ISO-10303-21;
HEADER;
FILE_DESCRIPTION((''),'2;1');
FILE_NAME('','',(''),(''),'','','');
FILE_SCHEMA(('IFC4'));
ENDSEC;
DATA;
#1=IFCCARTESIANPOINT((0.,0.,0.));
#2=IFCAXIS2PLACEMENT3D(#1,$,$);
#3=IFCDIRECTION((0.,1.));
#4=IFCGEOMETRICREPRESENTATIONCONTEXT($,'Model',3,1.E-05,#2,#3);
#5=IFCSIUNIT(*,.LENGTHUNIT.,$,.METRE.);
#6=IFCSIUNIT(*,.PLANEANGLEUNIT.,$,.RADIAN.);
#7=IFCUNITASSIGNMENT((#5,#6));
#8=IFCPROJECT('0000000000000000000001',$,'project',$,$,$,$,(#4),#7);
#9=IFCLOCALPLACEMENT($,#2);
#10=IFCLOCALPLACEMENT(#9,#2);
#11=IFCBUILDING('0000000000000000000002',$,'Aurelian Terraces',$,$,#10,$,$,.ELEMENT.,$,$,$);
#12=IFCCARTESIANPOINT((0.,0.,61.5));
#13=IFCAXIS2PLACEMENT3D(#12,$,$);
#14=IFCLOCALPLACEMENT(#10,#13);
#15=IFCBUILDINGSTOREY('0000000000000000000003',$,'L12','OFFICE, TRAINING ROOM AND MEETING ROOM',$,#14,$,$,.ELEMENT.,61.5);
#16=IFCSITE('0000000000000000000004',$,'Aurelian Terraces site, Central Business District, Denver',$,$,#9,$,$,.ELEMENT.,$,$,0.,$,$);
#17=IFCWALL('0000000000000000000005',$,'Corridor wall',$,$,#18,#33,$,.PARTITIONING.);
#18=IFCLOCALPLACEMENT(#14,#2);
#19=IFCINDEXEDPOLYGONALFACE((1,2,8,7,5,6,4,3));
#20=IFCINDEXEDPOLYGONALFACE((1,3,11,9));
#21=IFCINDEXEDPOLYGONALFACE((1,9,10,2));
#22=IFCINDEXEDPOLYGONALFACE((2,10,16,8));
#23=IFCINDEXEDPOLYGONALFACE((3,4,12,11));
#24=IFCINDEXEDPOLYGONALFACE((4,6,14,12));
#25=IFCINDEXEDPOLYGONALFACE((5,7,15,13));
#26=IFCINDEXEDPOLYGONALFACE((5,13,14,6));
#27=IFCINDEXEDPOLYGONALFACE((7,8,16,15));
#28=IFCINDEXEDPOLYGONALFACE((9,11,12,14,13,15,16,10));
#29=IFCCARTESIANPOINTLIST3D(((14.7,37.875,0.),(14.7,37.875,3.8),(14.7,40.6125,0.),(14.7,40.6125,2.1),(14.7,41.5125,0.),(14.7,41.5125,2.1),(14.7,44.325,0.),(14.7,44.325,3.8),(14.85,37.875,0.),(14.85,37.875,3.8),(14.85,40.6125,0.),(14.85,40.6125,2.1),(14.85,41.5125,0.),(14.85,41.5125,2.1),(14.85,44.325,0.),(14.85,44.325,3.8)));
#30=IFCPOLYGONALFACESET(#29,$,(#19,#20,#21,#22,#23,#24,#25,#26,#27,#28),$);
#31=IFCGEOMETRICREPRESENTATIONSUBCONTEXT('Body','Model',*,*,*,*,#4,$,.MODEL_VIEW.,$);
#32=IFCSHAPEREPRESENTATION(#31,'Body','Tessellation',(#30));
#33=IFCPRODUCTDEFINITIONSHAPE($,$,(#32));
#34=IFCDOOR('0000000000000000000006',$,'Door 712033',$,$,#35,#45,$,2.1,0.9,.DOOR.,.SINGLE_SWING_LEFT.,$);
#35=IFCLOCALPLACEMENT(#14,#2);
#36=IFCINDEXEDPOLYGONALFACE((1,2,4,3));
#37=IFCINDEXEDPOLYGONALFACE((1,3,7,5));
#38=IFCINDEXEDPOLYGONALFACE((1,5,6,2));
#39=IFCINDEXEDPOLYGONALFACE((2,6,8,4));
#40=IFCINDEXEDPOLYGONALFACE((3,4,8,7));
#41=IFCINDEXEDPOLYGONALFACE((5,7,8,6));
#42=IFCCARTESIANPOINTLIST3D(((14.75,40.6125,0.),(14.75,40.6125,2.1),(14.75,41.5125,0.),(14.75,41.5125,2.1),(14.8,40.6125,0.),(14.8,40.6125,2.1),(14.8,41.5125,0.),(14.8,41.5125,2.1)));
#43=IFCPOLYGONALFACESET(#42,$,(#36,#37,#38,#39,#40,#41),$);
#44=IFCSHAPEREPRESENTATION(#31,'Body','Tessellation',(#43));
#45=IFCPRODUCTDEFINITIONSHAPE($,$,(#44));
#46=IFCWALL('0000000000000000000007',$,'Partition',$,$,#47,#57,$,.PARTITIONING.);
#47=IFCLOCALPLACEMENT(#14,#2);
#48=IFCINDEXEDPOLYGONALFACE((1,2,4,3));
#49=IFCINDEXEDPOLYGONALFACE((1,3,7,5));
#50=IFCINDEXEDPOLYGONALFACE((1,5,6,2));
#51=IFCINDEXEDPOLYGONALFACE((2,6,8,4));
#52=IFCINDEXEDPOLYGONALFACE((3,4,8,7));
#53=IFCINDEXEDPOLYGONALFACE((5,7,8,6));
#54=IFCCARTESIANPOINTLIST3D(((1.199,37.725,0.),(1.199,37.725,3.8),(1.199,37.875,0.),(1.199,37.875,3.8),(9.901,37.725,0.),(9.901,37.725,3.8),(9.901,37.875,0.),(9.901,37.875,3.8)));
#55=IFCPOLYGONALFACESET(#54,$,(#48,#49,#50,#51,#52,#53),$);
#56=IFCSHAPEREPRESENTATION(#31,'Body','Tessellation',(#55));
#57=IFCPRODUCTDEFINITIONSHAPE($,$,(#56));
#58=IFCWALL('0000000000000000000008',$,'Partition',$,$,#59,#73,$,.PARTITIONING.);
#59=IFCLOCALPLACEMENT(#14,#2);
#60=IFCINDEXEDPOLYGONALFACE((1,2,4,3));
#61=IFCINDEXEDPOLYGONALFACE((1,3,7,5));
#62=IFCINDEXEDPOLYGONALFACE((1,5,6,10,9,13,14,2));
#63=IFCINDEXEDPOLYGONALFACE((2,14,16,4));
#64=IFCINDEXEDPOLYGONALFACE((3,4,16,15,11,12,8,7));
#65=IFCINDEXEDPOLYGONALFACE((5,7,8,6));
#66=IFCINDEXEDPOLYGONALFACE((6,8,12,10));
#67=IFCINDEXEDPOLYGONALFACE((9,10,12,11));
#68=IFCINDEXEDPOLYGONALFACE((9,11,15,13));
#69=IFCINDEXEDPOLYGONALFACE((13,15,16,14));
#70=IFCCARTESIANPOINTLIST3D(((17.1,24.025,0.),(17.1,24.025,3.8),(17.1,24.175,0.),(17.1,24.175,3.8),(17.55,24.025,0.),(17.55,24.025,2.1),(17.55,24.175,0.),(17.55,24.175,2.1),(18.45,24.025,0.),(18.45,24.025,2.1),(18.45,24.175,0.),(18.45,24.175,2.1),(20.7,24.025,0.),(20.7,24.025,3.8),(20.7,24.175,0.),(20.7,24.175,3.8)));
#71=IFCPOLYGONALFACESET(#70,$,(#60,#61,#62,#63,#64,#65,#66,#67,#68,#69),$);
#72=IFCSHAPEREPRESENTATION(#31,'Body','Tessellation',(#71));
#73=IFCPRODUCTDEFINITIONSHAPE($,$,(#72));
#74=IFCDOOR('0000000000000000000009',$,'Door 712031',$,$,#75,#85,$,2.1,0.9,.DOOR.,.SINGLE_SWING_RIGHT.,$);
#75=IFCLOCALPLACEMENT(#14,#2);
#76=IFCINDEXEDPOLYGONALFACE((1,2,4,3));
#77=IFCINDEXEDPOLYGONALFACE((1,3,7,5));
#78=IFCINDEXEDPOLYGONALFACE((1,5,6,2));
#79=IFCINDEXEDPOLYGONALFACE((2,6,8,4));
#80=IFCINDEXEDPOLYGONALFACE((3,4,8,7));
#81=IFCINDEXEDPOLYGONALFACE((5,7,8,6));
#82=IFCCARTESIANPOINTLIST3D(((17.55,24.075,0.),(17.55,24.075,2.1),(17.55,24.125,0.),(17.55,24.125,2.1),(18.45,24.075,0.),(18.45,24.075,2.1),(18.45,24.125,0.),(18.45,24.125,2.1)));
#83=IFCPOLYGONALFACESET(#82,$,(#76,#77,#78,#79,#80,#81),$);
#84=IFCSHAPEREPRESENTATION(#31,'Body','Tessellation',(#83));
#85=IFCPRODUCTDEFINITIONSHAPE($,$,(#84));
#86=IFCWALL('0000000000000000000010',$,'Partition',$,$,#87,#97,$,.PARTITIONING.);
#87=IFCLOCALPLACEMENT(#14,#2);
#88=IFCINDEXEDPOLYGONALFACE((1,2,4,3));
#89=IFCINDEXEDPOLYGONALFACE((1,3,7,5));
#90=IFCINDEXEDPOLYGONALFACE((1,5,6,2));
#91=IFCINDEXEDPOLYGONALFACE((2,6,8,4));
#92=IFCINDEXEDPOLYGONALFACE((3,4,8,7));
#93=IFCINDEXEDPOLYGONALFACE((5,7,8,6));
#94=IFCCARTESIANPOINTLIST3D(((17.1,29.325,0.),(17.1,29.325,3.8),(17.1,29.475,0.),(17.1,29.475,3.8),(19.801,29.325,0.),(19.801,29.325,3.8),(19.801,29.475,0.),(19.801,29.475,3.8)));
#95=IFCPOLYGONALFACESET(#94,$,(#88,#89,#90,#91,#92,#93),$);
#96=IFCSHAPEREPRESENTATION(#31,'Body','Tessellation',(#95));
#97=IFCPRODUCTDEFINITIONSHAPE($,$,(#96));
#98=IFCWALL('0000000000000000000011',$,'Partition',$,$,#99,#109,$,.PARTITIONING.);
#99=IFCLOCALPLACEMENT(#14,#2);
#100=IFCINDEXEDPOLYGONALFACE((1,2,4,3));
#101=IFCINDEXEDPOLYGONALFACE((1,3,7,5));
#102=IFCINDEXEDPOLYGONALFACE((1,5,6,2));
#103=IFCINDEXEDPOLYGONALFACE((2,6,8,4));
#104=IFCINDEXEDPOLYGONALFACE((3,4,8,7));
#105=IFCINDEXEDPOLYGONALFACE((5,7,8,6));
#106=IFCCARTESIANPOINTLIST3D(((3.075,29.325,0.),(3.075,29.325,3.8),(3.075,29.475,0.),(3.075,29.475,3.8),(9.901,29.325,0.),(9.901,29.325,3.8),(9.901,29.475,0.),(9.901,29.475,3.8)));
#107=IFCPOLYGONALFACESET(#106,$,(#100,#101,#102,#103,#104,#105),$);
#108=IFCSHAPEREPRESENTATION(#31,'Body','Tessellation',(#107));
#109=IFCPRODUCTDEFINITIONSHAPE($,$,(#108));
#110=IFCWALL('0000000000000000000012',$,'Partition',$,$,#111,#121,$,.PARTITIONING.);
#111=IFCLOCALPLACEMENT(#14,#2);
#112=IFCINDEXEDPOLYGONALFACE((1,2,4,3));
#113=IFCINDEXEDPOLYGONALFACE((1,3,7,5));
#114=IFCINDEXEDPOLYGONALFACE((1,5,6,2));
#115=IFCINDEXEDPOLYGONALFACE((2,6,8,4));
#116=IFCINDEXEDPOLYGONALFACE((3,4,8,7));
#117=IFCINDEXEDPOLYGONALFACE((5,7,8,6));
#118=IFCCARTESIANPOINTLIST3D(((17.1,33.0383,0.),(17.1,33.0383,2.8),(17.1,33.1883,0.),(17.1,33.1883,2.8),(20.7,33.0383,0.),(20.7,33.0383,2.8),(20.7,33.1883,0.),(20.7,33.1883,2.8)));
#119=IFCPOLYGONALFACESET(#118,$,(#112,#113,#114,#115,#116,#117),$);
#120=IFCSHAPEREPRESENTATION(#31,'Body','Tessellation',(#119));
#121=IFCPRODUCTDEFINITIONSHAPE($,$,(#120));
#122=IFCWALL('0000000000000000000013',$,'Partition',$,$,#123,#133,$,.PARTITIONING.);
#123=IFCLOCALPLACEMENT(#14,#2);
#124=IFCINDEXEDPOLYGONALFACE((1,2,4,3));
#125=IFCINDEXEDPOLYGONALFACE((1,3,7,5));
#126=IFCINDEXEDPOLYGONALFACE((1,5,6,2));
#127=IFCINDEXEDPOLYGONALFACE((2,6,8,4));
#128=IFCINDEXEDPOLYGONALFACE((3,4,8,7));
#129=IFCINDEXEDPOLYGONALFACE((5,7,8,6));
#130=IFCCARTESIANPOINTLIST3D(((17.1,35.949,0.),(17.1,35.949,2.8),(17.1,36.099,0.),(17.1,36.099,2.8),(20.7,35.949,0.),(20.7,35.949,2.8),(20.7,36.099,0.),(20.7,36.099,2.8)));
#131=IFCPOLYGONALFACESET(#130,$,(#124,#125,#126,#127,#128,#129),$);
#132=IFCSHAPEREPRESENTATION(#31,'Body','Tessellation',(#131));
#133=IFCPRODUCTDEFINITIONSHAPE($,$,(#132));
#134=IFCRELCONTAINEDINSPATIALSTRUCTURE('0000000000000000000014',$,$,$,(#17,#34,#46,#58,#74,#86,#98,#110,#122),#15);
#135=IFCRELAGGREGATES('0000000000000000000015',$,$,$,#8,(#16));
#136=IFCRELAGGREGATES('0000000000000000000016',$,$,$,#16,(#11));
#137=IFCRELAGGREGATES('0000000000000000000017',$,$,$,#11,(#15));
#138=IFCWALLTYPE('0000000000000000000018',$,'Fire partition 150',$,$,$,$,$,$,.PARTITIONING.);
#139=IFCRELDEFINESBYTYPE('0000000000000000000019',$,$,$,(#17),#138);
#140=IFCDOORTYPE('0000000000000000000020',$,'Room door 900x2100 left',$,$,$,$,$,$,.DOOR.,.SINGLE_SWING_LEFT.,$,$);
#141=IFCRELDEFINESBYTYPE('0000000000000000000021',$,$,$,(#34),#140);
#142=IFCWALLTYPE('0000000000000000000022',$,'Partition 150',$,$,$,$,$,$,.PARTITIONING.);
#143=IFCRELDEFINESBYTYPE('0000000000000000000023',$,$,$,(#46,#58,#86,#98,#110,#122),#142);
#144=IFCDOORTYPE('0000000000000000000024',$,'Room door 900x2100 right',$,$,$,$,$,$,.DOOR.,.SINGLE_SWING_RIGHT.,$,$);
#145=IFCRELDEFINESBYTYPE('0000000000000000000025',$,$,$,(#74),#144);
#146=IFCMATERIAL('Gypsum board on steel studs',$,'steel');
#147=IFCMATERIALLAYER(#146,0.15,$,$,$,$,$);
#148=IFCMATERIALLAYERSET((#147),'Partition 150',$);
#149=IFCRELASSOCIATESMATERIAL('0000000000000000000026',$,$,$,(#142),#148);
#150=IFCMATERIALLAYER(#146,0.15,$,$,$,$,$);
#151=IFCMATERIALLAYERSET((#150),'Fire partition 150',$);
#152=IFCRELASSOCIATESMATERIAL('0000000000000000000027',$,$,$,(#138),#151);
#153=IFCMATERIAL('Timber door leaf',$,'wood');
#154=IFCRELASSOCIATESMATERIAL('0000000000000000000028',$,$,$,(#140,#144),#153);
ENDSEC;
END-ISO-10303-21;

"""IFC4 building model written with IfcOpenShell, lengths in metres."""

from ifc_helpers import new_model, si_unit, direction, frame, frame_2d, origin, place, context, subcontext, project, spatial, rectangle, extrude, source, transform, mapped, material, layer, layer_set, type_object, element, fill, save


model = new_model("IFC4")

# Units and contexts
model_context = context("Model", 3, precision=1e-05, world=origin(), true_north=direction((0.0, 1.0)))
body_context = subcontext(model_context, "Body", "Model", "MODEL_VIEW")
ifc_project = project(units=[si_unit("LENGTHUNIT", "METRE"), si_unit("PLANEANGLEUNIT", "RADIAN")], contexts=[model_context])

# Site, building, storey
site_placement = place(None, origin())
site = spatial("IfcSite", under=ifc_project, at=site_placement, Name="Aurelian Terraces site, Central Business District, Denver", CompositionType="ELEMENT", RefElevation=0.0)
building_placement = place(site_placement, origin())
building = spatial("IfcBuilding", under=site, at=building_placement, Name="Aurelian Terraces", CompositionType="ELEMENT")
storey_placement = place(building_placement, frame((0.0, 0.0, 61.5)))
storey = spatial("IfcBuildingStorey", under=building, at=storey_placement, Name="L12", Description="OFFICE, TRAINING ROOM AND MEETING ROOM", CompositionType="ELEMENT", Elevation=61.5)

# Shared definitions
ifc_material_1 = material(Name="Gypsum board on steel studs", Category="steel")
ifc_layer_1 = layer(ifc_material_1, 0.15)
ifc_layer_set_1 = layer_set([ifc_layer_1], Name="Partition 150")
wall_type_1 = type_object("IfcWallType", Name="Partition 150", PredefinedType="PARTITIONING", material=ifc_layer_set_1)

# Shared definitions
shared_shape_1 = source(origin(), body_context, "Body", "SweptSolid", [
    extrude(rectangle(XDim=0.9, YDim=2.1, at=frame_2d((0.45, 1.05))), frame((0.0, 0.025, 0.0), z_axis=(0.0, -1.0, 0.0), x_axis=(1.0, 0.0, 0.0)), (0.0, 0.0, 1.0), 0.05),
])

# Shared definitions
ifc_layer_2 = layer(ifc_material_1, 0.15)
ifc_layer_set_2 = layer_set([ifc_layer_2], Name="Fire partition 150")
wall_type_2 = type_object("IfcWallType", Name="Fire partition 150", PredefinedType="PARTITIONING", material=ifc_layer_set_2)

# Wall, opening, door
shared_shape_2 = source(origin(), body_context, "Body", "SweptSolid", [
    extrude(rectangle(XDim=6.45, YDim=0.15, at=frame_2d((3.225, 0.0))), origin(), (0.0, 0.0, 1.0), 3.8),
])
wall_1_placement = place(storey_placement, frame((14.775, 37.875, 0.0), z_axis=(0.0, 0.0, 1.0), x_axis=(0.0, 1.0, 0.0)))
wall_1 = element("IfcWall", 1, at=wall_1_placement, inside=storey, type_object=wall_type_2, Name="Corridor wall", PredefinedType="PARTITIONING", context=body_context, shape_type="MappedRepresentation", body=[
    mapped(shared_shape_2, transform((0.0, 0.0, 0.0), scale=1.0)),
])
shared_shape_3 = source(origin(), body_context, "Body", "SweptSolid", [
    extrude(rectangle(XDim=0.9, YDim=2.1, at=frame_2d((0.45, 1.05))), frame((0.0, 0.085, 0.0), z_axis=(0.0, -1.0, 0.0), x_axis=(1.0, 0.0, 0.0)), (0.0, 0.0, 1.0), 0.17),
])
opening_1_placement = place(wall_1_placement, frame((2.7375, 0.0, 0.0)))
opening_1 = element("IfcOpeningElement", 2, at=opening_1_placement, cuts=wall_1, PredefinedType="OPENING", context=body_context, shape_type="MappedRepresentation", body=[
    mapped(shared_shape_3, transform((0.0, 0.0, 0.0), scale=1.0)),
])
ifc_material_2 = material(Name="Timber door leaf", Category="wood")
door_type_1 = type_object("IfcDoorType", Name="Room door 900x2100 left", OperationType="SINGLE_SWING_LEFT", PredefinedType="DOOR", material=ifc_material_2)
door_1_placement = place(opening_1_placement, origin())
door_1 = element("IfcDoor", 3, at=door_1_placement, inside=storey, type_object=door_type_1, Name="Door 712033", OperationType="SINGLE_SWING_LEFT", OverallHeight=2.1, OverallWidth=0.9, PredefinedType="DOOR", context=body_context, shape_type="MappedRepresentation", body=[
    mapped(shared_shape_1, transform((0.0, 0.0, 0.0), scale=1.0)),
])
fill(opening_1, door_1)

# Wall
shared_shape_4 = source(origin(), body_context, "Body", "SweptSolid", [
    extrude(rectangle(XDim=8.702, YDim=0.15, at=frame_2d((4.351, 0.0))), origin(), (0.0, 0.0, 1.0), 3.8),
])
wall_2_placement = place(storey_placement, frame((9.901, 37.8, 0.0), z_axis=(0.0, 0.0, 1.0), x_axis=(-1.0, 0.0, 0.0)))
element("IfcWall", 4, at=wall_2_placement, inside=storey, type_object=wall_type_1, Name="Partition", PredefinedType="PARTITIONING", context=body_context, shape_type="MappedRepresentation", body=[
    mapped(shared_shape_4, transform((0.0, 0.0, 0.0), scale=1.0)),
])

# Wall, opening, door
shared_shape_5 = source(origin(), body_context, "Body", "SweptSolid", [
    extrude(rectangle(XDim=3.6, YDim=0.15, at=frame_2d((1.8, 0.0))), origin(), (0.0, 0.0, 1.0), 3.8),
])
wall_3_placement = place(storey_placement, frame((17.1, 24.1, 0.0), z_axis=(0.0, 0.0, 1.0), x_axis=(1.0, 0.0, 0.0)))
wall_3 = element("IfcWall", 5, at=wall_3_placement, inside=storey, type_object=wall_type_1, Name="Partition", PredefinedType="PARTITIONING", context=body_context, shape_type="MappedRepresentation", body=[
    mapped(shared_shape_5, transform((0.0, 0.0, 0.0), scale=1.0)),
])
opening_2_placement = place(wall_3_placement, frame((0.45, 0.0, 0.0)))
opening_2 = element("IfcOpeningElement", 6, at=opening_2_placement, cuts=wall_3, PredefinedType="OPENING", context=body_context, shape_type="MappedRepresentation", body=[
    mapped(shared_shape_3, transform((0.0, 0.0, 0.0), scale=1.0)),
])
door_type_2 = type_object("IfcDoorType", Name="Room door 900x2100 right", OperationType="SINGLE_SWING_RIGHT", PredefinedType="DOOR", material=ifc_material_2)
door_2_placement = place(opening_2_placement, origin())
door_2 = element("IfcDoor", 7, at=door_2_placement, inside=storey, type_object=door_type_2, Name="Door 712031", OperationType="SINGLE_SWING_RIGHT", OverallHeight=2.1, OverallWidth=0.9, PredefinedType="DOOR", context=body_context, shape_type="MappedRepresentation", body=[
    mapped(shared_shape_1, transform((0.0, 0.0, 0.0), scale=1.0)),
])
fill(opening_2, door_2)

# Walls
shared_shape_6 = source(origin(), body_context, "Body", "SweptSolid", [
    extrude(rectangle(XDim=2.701, YDim=0.15, at=frame_2d((1.3505, 0.0))), origin(), (0.0, 0.0, 1.0), 3.8),
])
wall_4_placement = place(storey_placement, frame((19.801, 29.4, 0.0), z_axis=(0.0, 0.0, 1.0), x_axis=(-1.0, 0.0, 0.0)))
element("IfcWall", 8, at=wall_4_placement, inside=storey, type_object=wall_type_1, Name="Partition", PredefinedType="PARTITIONING", context=body_context, shape_type="MappedRepresentation", body=[
    mapped(shared_shape_6, transform((0.0, 0.0, 0.0), scale=1.0)),
])
shared_shape_7 = source(origin(), body_context, "Body", "SweptSolid", [
    extrude(rectangle(XDim=6.826, YDim=0.15, at=frame_2d((3.413, 0.0))), origin(), (0.0, 0.0, 1.0), 3.8),
])
wall_5_placement = place(storey_placement, frame((9.901, 29.4, 0.0), z_axis=(0.0, 0.0, 1.0), x_axis=(-1.0, 0.0, 0.0)))
element("IfcWall", 9, at=wall_5_placement, inside=storey, type_object=wall_type_1, Name="Partition", PredefinedType="PARTITIONING", context=body_context, shape_type="MappedRepresentation", body=[
    mapped(shared_shape_7, transform((0.0, 0.0, 0.0), scale=1.0)),
])
shared_shape_8 = source(origin(), body_context, "Body", "SweptSolid", [
    extrude(rectangle(XDim=3.6, YDim=0.15, at=frame_2d((1.8, 0.0))), origin(), (0.0, 0.0, 1.0), 2.8),
])
for number, where, z_axis, x_axis, name in (
    (10, (17.1, 33.1133, 0.0), (0.0, 0.0, 1.0), (1.0, 0.0, 0.0), "Partition"),
    (11, (17.1, 36.024, 0.0), (0.0, 0.0, 1.0), (1.0, 0.0, 0.0), "Partition"),
):
    element("IfcWall", number, at=place(storey_placement, frame(where, z_axis=z_axis, x_axis=x_axis)), inside=storey, type_object=wall_type_1, Name=name, PredefinedType="PARTITIONING", context=body_context, shape_type="MappedRepresentation", body=[
        mapped(shared_shape_8, transform((0.0, 0.0, 0.0), scale=1.0)),
    ])

save(model, "model.ifc")
